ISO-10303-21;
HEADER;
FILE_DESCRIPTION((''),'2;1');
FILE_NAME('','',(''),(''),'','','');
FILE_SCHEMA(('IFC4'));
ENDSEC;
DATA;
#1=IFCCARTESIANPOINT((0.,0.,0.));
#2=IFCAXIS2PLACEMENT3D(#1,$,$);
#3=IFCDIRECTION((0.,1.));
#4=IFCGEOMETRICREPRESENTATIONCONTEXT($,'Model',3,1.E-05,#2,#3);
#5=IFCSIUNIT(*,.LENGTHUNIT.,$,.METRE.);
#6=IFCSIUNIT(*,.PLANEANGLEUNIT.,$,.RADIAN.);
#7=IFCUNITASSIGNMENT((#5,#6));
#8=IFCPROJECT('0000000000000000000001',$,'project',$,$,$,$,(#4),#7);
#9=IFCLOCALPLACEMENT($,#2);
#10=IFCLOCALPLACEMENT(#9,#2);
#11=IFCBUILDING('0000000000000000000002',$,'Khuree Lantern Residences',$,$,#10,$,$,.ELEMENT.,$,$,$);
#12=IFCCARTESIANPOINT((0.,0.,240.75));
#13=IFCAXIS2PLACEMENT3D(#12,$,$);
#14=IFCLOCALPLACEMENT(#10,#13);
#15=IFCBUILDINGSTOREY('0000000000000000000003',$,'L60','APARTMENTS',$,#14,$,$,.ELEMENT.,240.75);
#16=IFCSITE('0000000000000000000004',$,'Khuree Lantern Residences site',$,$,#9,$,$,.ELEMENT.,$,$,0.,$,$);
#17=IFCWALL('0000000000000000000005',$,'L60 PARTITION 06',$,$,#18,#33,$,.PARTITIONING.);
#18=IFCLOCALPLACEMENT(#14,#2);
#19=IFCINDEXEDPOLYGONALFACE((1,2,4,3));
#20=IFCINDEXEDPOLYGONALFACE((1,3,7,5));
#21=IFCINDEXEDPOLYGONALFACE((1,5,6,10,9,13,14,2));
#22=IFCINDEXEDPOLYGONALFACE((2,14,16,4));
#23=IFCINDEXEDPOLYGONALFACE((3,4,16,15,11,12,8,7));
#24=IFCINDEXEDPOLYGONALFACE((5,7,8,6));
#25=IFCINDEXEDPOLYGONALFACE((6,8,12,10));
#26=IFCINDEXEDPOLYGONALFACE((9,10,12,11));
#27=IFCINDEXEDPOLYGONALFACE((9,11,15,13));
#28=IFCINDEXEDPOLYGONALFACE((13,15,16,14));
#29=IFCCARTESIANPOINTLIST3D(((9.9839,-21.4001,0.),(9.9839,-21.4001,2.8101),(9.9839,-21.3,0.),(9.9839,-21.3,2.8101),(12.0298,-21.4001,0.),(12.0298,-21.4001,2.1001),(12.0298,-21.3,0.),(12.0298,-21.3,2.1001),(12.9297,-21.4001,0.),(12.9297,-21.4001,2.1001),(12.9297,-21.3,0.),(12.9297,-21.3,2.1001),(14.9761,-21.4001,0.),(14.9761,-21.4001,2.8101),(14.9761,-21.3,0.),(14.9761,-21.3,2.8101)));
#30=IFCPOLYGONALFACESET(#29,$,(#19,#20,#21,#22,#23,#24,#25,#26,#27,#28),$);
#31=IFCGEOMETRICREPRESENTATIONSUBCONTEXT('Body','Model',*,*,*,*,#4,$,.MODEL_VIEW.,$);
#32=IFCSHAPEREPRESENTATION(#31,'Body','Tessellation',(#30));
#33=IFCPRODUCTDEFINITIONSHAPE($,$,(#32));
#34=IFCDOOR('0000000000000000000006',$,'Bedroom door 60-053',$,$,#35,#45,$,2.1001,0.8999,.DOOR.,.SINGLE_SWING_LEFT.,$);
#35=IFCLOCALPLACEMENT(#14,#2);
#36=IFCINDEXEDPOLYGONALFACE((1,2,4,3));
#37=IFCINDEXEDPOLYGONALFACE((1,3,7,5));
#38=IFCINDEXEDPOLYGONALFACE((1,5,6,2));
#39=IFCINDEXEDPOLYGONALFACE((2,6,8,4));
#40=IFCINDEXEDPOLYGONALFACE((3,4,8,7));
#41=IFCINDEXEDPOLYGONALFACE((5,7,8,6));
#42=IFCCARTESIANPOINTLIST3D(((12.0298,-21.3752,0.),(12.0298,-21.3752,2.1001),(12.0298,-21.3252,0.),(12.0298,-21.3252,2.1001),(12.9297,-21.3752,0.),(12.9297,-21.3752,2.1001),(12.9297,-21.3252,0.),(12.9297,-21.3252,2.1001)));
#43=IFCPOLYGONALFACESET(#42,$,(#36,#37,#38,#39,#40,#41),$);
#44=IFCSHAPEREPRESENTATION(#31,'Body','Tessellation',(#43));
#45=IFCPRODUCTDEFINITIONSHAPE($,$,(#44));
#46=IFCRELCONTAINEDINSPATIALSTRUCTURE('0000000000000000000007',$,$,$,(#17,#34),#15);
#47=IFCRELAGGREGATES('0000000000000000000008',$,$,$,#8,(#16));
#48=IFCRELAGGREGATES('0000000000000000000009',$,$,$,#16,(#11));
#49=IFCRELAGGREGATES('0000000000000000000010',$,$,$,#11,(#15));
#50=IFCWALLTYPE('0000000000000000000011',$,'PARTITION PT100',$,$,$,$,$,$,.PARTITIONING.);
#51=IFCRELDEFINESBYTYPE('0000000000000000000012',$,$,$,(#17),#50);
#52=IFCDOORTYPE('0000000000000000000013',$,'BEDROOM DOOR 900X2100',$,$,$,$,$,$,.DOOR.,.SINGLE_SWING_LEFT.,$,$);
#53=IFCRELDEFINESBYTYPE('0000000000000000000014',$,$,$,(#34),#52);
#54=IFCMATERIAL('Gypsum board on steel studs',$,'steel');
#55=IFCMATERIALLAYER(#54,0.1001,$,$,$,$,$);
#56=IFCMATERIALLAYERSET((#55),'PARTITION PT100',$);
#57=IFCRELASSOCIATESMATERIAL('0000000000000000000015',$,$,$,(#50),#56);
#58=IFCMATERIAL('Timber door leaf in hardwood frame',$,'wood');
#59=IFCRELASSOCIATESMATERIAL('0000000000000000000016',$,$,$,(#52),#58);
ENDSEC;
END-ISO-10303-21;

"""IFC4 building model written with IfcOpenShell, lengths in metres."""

from ifc_helpers import new_model, si_unit, direction, frame, frame_2d, origin, place, context, subcontext, project, spatial, rectangle, extrude, material, layer, layer_set, type_object, element, fill, save


model = new_model("IFC4")

# Units and contexts
model_context = context("Model", 3, precision=1e-05, world=origin(), true_north=direction((0.0, 1.0)))
body_context = subcontext(model_context, "Body", "Model", "MODEL_VIEW")
ifc_project = project(units=[si_unit("LENGTHUNIT", "METRE"), si_unit("PLANEANGLEUNIT", "RADIAN")], contexts=[model_context])

# Site, building, storey
site_placement = place(None, origin())
site = spatial("IfcSite", under=ifc_project, at=site_placement, Name="Khuree Lantern Residences site", CompositionType="ELEMENT", RefElevation=0.0)
building_placement = place(site_placement, origin())
building = spatial("IfcBuilding", under=site, at=building_placement, Name="Khuree Lantern Residences", CompositionType="ELEMENT")
storey_placement = place(building_placement, frame((0.0, 0.0, 240.75)))
storey = spatial("IfcBuildingStorey", under=building, at=storey_placement, Name="L60", Description="APARTMENTS", CompositionType="ELEMENT", Elevation=240.75)

# Shared definitions
ifc_material_1 = material(Name="Gypsum board on steel studs", Category="steel")
ifc_layer_1 = layer(ifc_material_1, 0.1001)
ifc_layer_set_1 = layer_set([ifc_layer_1], Name="PARTITION PT100")
wall_type = type_object("IfcWallType", Name="PARTITION PT100", PredefinedType="PARTITIONING", material=ifc_layer_set_1)

# Shared definitions
ifc_material_2 = material(Name="Timber door leaf in hardwood frame", Category="wood")
door_type_1 = type_object("IfcDoorType", Name="BEDROOM DOOR 900X2100", OperationType="SINGLE_SWING_LEFT", PredefinedType="DOOR", material=ifc_material_2)

# Wall, opening, door
wall_1_placement = place(storey_placement, frame((9.9839, -21.3501, 0.0), z_axis=(0.0, 0.0, 1.0), x_axis=(1.0, 0.0, 0.0)))
wall_1 = element("IfcWall", 1, at=wall_1_placement, inside=storey, type_object=wall_type, Name="L60 PARTITION 06", PredefinedType="PARTITIONING", context=body_context, shape_type="SweptSolid", body=[
    extrude(rectangle(XDim=4.9922, YDim=0.1001, at=frame_2d((2.4961, 0.0))), origin(), (0.0, 0.0, 1.0), 2.8101),
])
opening_1_placement = place(wall_1_placement, frame((2.0459, 0.0, 0.0)))
opening_1 = element("IfcOpeningElement", 2, at=opening_1_placement, cuts=wall_1, PredefinedType="OPENING", context=body_context, shape_type="SweptSolid", body=[
    extrude(rectangle(XDim=0.8999, YDim=2.1001, at=frame_2d((0.45, 1.05))), frame((0.0, 0.0601, 0.0), z_axis=(0.0, -1.0, 0.0), x_axis=(1.0, 0.0, 0.0)), (0.0, 0.0, 1.0), 0.1201),
])
door_1_placement = place(opening_1_placement, origin())
door_1 = element("IfcDoor", 3, at=door_1_placement, inside=storey, type_object=door_type_1, Name="Bedroom door 60-053", OperationType="SINGLE_SWING_LEFT", OverallHeight=2.1001, OverallWidth=0.8999, PredefinedType="DOOR", context=body_context, shape_type="SweptSolid", body=[
    extrude(rectangle(XDim=0.8999, YDim=2.1001, at=frame_2d((0.45, 1.05))), frame((0.0, 0.0249, 0.0), z_axis=(0.0, -1.0, 0.0), x_axis=(1.0, 0.0, 0.0)), (0.0, 0.0, 1.0), 0.05),
])
fill(opening_1, door_1)

save(model, "model.ifc")
